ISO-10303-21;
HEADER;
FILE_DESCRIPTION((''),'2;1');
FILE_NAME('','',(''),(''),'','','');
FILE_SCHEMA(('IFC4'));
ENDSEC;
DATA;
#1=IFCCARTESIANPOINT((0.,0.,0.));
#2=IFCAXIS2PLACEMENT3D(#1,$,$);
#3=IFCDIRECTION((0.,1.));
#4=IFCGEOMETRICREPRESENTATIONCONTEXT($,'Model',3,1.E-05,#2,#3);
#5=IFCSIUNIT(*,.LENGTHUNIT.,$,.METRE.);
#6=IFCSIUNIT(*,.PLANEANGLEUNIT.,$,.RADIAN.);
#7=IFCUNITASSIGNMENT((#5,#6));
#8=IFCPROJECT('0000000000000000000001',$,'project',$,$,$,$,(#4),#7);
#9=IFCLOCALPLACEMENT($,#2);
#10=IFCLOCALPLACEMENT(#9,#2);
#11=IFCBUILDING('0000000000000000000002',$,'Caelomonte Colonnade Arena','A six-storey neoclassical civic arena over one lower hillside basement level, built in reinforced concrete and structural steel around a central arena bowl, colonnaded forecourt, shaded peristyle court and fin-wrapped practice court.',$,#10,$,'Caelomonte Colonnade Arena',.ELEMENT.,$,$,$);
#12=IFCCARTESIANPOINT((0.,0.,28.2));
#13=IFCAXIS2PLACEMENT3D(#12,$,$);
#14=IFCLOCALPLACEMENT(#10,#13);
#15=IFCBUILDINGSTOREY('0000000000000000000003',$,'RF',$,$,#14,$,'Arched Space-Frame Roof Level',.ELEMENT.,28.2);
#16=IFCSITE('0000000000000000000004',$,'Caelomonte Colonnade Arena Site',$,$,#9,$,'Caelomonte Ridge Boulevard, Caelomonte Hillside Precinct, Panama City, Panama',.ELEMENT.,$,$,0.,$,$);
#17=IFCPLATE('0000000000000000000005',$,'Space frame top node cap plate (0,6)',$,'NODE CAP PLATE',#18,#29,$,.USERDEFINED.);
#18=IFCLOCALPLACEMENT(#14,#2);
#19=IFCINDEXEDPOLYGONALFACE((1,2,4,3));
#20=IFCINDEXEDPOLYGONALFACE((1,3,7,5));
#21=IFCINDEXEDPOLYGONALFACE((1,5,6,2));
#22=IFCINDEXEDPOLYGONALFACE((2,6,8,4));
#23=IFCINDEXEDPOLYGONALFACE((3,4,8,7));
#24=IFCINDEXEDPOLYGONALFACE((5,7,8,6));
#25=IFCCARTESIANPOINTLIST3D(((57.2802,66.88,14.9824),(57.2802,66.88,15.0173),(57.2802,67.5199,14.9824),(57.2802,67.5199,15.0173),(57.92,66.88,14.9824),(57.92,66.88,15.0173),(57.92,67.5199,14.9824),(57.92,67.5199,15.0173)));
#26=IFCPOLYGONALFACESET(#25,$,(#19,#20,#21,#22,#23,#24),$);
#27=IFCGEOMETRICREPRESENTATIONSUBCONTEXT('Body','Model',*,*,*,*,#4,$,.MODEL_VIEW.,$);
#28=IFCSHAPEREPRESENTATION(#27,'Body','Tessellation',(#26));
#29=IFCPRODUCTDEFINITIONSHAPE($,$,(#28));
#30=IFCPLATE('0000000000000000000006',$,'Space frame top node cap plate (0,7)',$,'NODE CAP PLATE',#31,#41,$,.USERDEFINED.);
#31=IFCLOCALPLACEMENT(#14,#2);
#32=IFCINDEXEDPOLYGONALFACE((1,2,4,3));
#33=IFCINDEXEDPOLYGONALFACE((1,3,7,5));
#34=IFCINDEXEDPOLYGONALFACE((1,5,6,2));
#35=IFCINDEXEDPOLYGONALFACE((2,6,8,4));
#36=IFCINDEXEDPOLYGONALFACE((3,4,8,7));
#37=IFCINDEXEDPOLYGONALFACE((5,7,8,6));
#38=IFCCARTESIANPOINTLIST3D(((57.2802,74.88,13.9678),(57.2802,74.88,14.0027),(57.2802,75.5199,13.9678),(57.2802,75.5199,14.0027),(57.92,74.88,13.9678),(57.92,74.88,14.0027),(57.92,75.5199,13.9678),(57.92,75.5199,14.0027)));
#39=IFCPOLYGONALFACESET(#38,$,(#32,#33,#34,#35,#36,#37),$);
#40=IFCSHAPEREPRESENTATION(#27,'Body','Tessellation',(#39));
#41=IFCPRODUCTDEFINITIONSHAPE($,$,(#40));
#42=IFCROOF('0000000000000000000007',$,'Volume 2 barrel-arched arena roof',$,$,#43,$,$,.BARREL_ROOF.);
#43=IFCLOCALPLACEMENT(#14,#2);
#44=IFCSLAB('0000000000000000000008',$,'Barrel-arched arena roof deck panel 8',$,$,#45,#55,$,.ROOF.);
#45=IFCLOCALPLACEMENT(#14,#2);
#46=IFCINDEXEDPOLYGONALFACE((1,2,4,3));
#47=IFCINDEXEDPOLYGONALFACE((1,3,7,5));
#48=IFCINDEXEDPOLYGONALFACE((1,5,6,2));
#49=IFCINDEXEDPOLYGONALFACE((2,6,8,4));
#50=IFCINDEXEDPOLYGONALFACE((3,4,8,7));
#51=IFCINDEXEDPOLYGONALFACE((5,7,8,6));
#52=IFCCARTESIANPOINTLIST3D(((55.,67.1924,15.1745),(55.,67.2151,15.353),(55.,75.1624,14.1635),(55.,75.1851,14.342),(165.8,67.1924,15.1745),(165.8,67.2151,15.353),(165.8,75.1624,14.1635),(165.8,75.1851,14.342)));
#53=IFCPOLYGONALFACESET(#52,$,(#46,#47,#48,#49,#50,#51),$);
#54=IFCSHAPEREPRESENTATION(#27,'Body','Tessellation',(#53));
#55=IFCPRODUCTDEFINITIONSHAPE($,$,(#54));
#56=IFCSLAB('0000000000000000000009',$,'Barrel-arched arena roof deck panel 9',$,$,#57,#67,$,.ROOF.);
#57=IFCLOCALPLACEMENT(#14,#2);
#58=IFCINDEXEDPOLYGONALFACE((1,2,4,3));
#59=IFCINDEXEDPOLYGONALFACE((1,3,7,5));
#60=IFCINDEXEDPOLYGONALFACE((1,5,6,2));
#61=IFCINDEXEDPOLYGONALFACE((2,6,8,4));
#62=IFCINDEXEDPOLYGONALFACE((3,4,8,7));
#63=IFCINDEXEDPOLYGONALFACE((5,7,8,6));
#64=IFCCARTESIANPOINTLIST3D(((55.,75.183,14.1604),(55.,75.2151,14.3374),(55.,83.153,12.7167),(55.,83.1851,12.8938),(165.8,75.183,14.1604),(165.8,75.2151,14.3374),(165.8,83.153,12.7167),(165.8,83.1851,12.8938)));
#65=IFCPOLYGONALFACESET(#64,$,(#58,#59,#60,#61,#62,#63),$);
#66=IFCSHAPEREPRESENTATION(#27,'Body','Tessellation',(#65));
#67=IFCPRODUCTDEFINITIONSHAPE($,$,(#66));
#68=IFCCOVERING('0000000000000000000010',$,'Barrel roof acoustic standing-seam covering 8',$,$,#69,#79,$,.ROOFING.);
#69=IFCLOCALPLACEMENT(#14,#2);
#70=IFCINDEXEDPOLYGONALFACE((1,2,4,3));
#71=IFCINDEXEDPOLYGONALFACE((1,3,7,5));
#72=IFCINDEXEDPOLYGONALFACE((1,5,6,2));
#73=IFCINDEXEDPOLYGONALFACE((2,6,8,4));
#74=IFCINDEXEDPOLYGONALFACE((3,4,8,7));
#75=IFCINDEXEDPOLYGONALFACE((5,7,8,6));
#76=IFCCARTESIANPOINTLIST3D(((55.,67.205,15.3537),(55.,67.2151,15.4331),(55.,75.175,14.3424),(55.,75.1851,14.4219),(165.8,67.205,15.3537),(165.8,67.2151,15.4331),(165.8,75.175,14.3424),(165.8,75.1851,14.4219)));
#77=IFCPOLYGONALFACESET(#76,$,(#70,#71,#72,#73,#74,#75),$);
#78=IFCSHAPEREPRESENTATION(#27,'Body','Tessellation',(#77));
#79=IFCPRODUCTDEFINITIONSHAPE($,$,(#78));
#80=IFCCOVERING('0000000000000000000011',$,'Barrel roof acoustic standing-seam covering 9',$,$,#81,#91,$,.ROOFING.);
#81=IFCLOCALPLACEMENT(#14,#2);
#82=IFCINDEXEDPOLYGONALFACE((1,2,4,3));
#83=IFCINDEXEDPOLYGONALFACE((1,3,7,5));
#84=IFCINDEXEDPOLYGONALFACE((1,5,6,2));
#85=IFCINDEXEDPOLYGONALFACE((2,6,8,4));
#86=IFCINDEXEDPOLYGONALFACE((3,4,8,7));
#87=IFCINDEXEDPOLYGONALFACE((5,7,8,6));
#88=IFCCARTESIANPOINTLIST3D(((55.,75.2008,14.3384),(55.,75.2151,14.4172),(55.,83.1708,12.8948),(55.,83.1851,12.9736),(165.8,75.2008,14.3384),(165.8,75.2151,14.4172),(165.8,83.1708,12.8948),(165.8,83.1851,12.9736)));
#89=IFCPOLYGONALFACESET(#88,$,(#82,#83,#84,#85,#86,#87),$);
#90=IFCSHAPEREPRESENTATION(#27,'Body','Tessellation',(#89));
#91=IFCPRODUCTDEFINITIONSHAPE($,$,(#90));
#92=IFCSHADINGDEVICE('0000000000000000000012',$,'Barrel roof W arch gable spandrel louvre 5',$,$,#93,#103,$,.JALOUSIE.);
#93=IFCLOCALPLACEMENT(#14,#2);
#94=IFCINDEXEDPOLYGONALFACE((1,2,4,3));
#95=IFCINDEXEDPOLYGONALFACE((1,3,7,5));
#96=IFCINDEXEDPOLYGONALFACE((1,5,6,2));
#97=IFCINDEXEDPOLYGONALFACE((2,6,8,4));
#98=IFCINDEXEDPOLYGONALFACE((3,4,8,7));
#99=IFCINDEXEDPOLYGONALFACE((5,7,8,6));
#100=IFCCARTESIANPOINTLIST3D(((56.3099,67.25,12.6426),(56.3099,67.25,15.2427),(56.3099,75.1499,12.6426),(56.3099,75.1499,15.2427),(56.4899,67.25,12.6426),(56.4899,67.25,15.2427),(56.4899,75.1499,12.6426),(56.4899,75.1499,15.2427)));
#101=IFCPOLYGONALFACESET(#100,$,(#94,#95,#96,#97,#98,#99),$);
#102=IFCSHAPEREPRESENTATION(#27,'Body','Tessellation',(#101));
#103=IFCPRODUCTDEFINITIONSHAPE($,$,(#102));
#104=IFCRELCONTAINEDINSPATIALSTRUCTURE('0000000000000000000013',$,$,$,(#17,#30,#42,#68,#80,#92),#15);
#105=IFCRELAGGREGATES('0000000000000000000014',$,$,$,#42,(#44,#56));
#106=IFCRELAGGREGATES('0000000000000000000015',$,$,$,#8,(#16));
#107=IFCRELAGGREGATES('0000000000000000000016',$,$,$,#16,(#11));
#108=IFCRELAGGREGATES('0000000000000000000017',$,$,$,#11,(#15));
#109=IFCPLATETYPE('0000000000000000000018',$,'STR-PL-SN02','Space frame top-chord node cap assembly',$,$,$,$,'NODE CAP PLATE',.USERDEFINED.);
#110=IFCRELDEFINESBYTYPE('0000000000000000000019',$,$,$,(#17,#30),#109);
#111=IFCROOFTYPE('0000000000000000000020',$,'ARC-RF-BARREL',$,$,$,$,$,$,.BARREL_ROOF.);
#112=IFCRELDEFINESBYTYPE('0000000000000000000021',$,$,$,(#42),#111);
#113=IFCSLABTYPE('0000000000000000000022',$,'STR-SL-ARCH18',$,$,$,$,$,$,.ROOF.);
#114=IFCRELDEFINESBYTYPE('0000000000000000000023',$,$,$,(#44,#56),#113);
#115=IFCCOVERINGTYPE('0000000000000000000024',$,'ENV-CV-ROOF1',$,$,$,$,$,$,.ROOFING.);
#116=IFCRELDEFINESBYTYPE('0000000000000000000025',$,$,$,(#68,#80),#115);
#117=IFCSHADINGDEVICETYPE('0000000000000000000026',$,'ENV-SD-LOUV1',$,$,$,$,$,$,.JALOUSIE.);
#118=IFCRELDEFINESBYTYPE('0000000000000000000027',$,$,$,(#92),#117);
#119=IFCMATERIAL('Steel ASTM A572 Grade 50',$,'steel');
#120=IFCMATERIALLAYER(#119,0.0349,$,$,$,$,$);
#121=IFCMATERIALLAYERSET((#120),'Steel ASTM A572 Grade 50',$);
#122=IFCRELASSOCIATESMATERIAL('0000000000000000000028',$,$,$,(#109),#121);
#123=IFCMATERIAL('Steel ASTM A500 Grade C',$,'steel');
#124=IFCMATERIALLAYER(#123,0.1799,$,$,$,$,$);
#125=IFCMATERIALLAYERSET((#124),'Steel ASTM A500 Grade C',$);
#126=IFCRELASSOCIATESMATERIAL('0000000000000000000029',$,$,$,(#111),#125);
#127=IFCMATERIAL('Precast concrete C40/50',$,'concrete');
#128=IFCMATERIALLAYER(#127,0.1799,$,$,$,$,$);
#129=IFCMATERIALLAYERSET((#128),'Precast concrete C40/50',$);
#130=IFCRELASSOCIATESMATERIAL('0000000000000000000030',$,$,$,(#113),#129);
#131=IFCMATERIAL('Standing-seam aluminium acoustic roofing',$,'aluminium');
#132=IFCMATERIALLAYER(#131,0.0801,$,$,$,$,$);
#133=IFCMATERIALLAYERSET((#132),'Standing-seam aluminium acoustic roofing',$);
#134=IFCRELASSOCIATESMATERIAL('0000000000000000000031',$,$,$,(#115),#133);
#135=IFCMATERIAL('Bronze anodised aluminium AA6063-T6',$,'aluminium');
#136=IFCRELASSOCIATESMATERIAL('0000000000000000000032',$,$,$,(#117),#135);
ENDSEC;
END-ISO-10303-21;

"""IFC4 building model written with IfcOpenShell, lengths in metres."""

from ifc_helpers import new_model, si_unit, direction, frame, origin, origin_2d, place, context, subcontext, project, spatial, polyline, rectangle, outline, extrude, material, layer, layer_set, type_object, element, aggregate, save


model = new_model("IFC4")

# Units and contexts
model_context = context("Model", 3, precision=1e-05, world=origin(), true_north=direction((0.0, 1.0)))
body_context = subcontext(model_context, "Body", "Model", "MODEL_VIEW")
ifc_project = project(units=[si_unit("LENGTHUNIT", "METRE"), si_unit("PLANEANGLEUNIT", "RADIAN")], contexts=[model_context])

# Site, building, storey
site_placement = place(None, origin())
site = spatial("IfcSite", under=ifc_project, at=site_placement, Name="Caelomonte Colonnade Arena Site", LongName="Caelomonte Ridge Boulevard, Caelomonte Hillside Precinct, Panama City, Panama", CompositionType="ELEMENT", RefElevation=0.0)
building_placement = place(site_placement, origin())
building = spatial("IfcBuilding", under=site, at=building_placement, Name="Caelomonte Colonnade Arena", Description="A six-storey neoclassical civic arena over one lower hillside basement level, built in reinforced concrete and structural steel around a central arena bowl, colonnaded forecourt, shaded peristyle court and fin-wrapped practice court.", LongName="Caelomonte Colonnade Arena", CompositionType="ELEMENT")
storey_placement = place(building_placement, frame((0.0, 0.0, 28.2)))
storey = spatial("IfcBuildingStorey", under=building, at=storey_placement, Name="RF", LongName="Arched Space-Frame Roof Level", CompositionType="ELEMENT", Elevation=28.2)

# Shared definitions
ifc_material_1 = material(Name="Bronze anodised aluminium AA6063-T6", Category="aluminium")

# Shared definitions
ifc_material_2 = material(Name="Steel ASTM A500 Grade C", Category="steel")

# Plates
ifc_material_3 = material(Name="Steel ASTM A572 Grade 50", Category="steel")
ifc_layer_1 = layer(ifc_material_3, 0.0349)
ifc_layer_set_1 = layer_set([ifc_layer_1], Name="Steel ASTM A572 Grade 50")
plate_type_1 = type_object("IfcPlateType", Name="STR-PL-SN02", Description="Space frame top-chord node cap assembly", ElementType="NODE CAP PLATE", PredefinedType="USERDEFINED", material=ifc_layer_set_1)
for number, where, z_axis, x_axis, name in (
    (1, (57.6001, 67.2, 14.9824), (0.0, 0.0, 1.0), (1.0, 0.0, 0.0), "Space frame top node cap plate (0,6)"),
    (2, (57.6001, 75.2, 13.9678), (0.0, 0.0, 1.0), (1.0, 0.0, 0.0), "Space frame top node cap plate (0,7)"),
):
    element("IfcPlate", number, at=place(storey_placement, frame(where, z_axis=z_axis, x_axis=x_axis)), inside=storey, type_object=plate_type_1, Name=name, ObjectType="NODE CAP PLATE", PredefinedType="USERDEFINED", context=body_context, shape_type="SweptSolid", body=[
        extrude(rectangle(XDim=0.6399, YDim=0.6399, at=origin_2d()), origin(), (0.0, 0.0, 1.0), 0.0349),
    ])

# Roof, slabs
ifc_layer_2 = layer(ifc_material_2, 0.1799)
ifc_layer_set_2 = layer_set([ifc_layer_2], Name="Steel ASTM A500 Grade C")
roof_type = type_object("IfcRoofType", Name="ARC-RF-BARREL", PredefinedType="BARREL_ROOF", material=ifc_layer_set_2)
roof_placement = place(storey_placement, origin())
roof = element("IfcRoof", 3, at=roof_placement, inside=storey, type_object=roof_type, Name="Volume 2 barrel-arched arena roof", PredefinedType="BARREL_ROOF")
ifc_material_4 = material(Name="Precast concrete C40/50", Category="concrete")
ifc_layer_3 = layer(ifc_material_4, 0.1799)
ifc_layer_set_3 = layer_set([ifc_layer_3], Name="Precast concrete C40/50")
slab_type = type_object("IfcSlabType", Name="STR-SL-ARCH18", PredefinedType="ROOF", material=ifc_layer_set_3)
slab_1_placement = place(storey_placement, frame((55.0, 67.2151, 15.353), z_axis=(0.0, 0.125841, 0.99205), x_axis=(1.0, 0.0, 0.0)))
slab_1 = element("IfcSlab", 4, at=slab_1_placement, type_object=slab_type, Name="Barrel-arched arena roof deck panel 8", PredefinedType="ROOF", context=body_context, shape_type="SweptSolid", body=[
    extrude(outline(polyline([(0.0, 0.0), (110.8, 0.0), (110.8, 8.0338), (0.0, 8.0338), (0.0, 0.0)])), origin(), (0.0, 0.0, -1.0), 0.1799),
])
slab_2_placement = place(storey_placement, frame((55.0, 75.2151, 14.3374), z_axis=(0.0, 0.17823, 0.983989), x_axis=(1.0, 0.0, 0.0)))
slab_2 = element("IfcSlab", 5, at=slab_2_placement, type_object=slab_type, Name="Barrel-arched arena roof deck panel 9", PredefinedType="ROOF", context=body_context, shape_type="SweptSolid", body=[
    extrude(outline(polyline([(0.0, 0.0), (110.8, 0.0), (110.8, 8.0997), (0.0, 8.0997), (0.0, 0.0)])), origin(), (0.0, 0.0, -1.0), 0.1799),
])
aggregate(roof, [slab_1, slab_2])

# Coverings
ifc_material_5 = material(Name="Standing-seam aluminium acoustic roofing", Category="aluminium")
ifc_layer_4 = layer(ifc_material_5, 0.0801)
ifc_layer_set_4 = layer_set([ifc_layer_4], Name="Standing-seam aluminium acoustic roofing")
covering_type = type_object("IfcCoveringType", Name="ENV-CV-ROOF1", PredefinedType="ROOFING", material=ifc_layer_set_4)
covering_1_placement = place(storey_placement, frame((55.0, 67.2151, 15.4331), z_axis=(0.0, 0.125871, 0.992047), x_axis=(1.0, 0.0, 0.0)))
element("IfcCovering", 6, at=covering_1_placement, inside=storey, type_object=covering_type, Name="Barrel roof acoustic standing-seam covering 8", PredefinedType="ROOFING", context=body_context, shape_type="SweptSolid", body=[
    extrude(outline(polyline([(0.0, 0.0), (110.8, 0.0), (110.8, 8.0339), (0.0, 8.0339), (0.0, 0.0)])), origin(), (0.0, 0.0, -1.0), 0.0801),
])
covering_2_placement = place(storey_placement, frame((55.0, 75.2151, 14.4172), z_axis=(0.0, 0.17823, 0.983989), x_axis=(1.0, 0.0, 0.0)))
element("IfcCovering", 7, at=covering_2_placement, inside=storey, type_object=covering_type, Name="Barrel roof acoustic standing-seam covering 9", PredefinedType="ROOFING", context=body_context, shape_type="SweptSolid", body=[
    extrude(outline(polyline([(0.0, 0.0), (110.8, 0.0), (110.8, 8.0997), (0.0, 8.0997), (0.0, 0.0)])), origin(), (0.0, 0.0, -1.0), 0.0801),
])

# Shading device
shading_device_type = type_object("IfcShadingDeviceType", Name="ENV-SD-LOUV1", PredefinedType="JALOUSIE", material=ifc_material_1)
shading_device_placement = place(storey_placement, frame((56.3999, 71.2, 12.6426), z_axis=(0.0, 0.0, 1.0), x_axis=(1.0, 0.0, 0.0)))
element("IfcShadingDevice", 8, at=shading_device_placement, inside=storey, type_object=shading_device_type, Name="Barrel roof W arch gable spandrel louvre 5", PredefinedType="JALOUSIE", context=body_context, shape_type="SweptSolid", body=[
    extrude(rectangle(XDim=0.1799, YDim=7.8999, at=origin_2d()), origin(), (0.0, 0.0, 1.0), 2.6001),
])

save(model, "model.ifc")
